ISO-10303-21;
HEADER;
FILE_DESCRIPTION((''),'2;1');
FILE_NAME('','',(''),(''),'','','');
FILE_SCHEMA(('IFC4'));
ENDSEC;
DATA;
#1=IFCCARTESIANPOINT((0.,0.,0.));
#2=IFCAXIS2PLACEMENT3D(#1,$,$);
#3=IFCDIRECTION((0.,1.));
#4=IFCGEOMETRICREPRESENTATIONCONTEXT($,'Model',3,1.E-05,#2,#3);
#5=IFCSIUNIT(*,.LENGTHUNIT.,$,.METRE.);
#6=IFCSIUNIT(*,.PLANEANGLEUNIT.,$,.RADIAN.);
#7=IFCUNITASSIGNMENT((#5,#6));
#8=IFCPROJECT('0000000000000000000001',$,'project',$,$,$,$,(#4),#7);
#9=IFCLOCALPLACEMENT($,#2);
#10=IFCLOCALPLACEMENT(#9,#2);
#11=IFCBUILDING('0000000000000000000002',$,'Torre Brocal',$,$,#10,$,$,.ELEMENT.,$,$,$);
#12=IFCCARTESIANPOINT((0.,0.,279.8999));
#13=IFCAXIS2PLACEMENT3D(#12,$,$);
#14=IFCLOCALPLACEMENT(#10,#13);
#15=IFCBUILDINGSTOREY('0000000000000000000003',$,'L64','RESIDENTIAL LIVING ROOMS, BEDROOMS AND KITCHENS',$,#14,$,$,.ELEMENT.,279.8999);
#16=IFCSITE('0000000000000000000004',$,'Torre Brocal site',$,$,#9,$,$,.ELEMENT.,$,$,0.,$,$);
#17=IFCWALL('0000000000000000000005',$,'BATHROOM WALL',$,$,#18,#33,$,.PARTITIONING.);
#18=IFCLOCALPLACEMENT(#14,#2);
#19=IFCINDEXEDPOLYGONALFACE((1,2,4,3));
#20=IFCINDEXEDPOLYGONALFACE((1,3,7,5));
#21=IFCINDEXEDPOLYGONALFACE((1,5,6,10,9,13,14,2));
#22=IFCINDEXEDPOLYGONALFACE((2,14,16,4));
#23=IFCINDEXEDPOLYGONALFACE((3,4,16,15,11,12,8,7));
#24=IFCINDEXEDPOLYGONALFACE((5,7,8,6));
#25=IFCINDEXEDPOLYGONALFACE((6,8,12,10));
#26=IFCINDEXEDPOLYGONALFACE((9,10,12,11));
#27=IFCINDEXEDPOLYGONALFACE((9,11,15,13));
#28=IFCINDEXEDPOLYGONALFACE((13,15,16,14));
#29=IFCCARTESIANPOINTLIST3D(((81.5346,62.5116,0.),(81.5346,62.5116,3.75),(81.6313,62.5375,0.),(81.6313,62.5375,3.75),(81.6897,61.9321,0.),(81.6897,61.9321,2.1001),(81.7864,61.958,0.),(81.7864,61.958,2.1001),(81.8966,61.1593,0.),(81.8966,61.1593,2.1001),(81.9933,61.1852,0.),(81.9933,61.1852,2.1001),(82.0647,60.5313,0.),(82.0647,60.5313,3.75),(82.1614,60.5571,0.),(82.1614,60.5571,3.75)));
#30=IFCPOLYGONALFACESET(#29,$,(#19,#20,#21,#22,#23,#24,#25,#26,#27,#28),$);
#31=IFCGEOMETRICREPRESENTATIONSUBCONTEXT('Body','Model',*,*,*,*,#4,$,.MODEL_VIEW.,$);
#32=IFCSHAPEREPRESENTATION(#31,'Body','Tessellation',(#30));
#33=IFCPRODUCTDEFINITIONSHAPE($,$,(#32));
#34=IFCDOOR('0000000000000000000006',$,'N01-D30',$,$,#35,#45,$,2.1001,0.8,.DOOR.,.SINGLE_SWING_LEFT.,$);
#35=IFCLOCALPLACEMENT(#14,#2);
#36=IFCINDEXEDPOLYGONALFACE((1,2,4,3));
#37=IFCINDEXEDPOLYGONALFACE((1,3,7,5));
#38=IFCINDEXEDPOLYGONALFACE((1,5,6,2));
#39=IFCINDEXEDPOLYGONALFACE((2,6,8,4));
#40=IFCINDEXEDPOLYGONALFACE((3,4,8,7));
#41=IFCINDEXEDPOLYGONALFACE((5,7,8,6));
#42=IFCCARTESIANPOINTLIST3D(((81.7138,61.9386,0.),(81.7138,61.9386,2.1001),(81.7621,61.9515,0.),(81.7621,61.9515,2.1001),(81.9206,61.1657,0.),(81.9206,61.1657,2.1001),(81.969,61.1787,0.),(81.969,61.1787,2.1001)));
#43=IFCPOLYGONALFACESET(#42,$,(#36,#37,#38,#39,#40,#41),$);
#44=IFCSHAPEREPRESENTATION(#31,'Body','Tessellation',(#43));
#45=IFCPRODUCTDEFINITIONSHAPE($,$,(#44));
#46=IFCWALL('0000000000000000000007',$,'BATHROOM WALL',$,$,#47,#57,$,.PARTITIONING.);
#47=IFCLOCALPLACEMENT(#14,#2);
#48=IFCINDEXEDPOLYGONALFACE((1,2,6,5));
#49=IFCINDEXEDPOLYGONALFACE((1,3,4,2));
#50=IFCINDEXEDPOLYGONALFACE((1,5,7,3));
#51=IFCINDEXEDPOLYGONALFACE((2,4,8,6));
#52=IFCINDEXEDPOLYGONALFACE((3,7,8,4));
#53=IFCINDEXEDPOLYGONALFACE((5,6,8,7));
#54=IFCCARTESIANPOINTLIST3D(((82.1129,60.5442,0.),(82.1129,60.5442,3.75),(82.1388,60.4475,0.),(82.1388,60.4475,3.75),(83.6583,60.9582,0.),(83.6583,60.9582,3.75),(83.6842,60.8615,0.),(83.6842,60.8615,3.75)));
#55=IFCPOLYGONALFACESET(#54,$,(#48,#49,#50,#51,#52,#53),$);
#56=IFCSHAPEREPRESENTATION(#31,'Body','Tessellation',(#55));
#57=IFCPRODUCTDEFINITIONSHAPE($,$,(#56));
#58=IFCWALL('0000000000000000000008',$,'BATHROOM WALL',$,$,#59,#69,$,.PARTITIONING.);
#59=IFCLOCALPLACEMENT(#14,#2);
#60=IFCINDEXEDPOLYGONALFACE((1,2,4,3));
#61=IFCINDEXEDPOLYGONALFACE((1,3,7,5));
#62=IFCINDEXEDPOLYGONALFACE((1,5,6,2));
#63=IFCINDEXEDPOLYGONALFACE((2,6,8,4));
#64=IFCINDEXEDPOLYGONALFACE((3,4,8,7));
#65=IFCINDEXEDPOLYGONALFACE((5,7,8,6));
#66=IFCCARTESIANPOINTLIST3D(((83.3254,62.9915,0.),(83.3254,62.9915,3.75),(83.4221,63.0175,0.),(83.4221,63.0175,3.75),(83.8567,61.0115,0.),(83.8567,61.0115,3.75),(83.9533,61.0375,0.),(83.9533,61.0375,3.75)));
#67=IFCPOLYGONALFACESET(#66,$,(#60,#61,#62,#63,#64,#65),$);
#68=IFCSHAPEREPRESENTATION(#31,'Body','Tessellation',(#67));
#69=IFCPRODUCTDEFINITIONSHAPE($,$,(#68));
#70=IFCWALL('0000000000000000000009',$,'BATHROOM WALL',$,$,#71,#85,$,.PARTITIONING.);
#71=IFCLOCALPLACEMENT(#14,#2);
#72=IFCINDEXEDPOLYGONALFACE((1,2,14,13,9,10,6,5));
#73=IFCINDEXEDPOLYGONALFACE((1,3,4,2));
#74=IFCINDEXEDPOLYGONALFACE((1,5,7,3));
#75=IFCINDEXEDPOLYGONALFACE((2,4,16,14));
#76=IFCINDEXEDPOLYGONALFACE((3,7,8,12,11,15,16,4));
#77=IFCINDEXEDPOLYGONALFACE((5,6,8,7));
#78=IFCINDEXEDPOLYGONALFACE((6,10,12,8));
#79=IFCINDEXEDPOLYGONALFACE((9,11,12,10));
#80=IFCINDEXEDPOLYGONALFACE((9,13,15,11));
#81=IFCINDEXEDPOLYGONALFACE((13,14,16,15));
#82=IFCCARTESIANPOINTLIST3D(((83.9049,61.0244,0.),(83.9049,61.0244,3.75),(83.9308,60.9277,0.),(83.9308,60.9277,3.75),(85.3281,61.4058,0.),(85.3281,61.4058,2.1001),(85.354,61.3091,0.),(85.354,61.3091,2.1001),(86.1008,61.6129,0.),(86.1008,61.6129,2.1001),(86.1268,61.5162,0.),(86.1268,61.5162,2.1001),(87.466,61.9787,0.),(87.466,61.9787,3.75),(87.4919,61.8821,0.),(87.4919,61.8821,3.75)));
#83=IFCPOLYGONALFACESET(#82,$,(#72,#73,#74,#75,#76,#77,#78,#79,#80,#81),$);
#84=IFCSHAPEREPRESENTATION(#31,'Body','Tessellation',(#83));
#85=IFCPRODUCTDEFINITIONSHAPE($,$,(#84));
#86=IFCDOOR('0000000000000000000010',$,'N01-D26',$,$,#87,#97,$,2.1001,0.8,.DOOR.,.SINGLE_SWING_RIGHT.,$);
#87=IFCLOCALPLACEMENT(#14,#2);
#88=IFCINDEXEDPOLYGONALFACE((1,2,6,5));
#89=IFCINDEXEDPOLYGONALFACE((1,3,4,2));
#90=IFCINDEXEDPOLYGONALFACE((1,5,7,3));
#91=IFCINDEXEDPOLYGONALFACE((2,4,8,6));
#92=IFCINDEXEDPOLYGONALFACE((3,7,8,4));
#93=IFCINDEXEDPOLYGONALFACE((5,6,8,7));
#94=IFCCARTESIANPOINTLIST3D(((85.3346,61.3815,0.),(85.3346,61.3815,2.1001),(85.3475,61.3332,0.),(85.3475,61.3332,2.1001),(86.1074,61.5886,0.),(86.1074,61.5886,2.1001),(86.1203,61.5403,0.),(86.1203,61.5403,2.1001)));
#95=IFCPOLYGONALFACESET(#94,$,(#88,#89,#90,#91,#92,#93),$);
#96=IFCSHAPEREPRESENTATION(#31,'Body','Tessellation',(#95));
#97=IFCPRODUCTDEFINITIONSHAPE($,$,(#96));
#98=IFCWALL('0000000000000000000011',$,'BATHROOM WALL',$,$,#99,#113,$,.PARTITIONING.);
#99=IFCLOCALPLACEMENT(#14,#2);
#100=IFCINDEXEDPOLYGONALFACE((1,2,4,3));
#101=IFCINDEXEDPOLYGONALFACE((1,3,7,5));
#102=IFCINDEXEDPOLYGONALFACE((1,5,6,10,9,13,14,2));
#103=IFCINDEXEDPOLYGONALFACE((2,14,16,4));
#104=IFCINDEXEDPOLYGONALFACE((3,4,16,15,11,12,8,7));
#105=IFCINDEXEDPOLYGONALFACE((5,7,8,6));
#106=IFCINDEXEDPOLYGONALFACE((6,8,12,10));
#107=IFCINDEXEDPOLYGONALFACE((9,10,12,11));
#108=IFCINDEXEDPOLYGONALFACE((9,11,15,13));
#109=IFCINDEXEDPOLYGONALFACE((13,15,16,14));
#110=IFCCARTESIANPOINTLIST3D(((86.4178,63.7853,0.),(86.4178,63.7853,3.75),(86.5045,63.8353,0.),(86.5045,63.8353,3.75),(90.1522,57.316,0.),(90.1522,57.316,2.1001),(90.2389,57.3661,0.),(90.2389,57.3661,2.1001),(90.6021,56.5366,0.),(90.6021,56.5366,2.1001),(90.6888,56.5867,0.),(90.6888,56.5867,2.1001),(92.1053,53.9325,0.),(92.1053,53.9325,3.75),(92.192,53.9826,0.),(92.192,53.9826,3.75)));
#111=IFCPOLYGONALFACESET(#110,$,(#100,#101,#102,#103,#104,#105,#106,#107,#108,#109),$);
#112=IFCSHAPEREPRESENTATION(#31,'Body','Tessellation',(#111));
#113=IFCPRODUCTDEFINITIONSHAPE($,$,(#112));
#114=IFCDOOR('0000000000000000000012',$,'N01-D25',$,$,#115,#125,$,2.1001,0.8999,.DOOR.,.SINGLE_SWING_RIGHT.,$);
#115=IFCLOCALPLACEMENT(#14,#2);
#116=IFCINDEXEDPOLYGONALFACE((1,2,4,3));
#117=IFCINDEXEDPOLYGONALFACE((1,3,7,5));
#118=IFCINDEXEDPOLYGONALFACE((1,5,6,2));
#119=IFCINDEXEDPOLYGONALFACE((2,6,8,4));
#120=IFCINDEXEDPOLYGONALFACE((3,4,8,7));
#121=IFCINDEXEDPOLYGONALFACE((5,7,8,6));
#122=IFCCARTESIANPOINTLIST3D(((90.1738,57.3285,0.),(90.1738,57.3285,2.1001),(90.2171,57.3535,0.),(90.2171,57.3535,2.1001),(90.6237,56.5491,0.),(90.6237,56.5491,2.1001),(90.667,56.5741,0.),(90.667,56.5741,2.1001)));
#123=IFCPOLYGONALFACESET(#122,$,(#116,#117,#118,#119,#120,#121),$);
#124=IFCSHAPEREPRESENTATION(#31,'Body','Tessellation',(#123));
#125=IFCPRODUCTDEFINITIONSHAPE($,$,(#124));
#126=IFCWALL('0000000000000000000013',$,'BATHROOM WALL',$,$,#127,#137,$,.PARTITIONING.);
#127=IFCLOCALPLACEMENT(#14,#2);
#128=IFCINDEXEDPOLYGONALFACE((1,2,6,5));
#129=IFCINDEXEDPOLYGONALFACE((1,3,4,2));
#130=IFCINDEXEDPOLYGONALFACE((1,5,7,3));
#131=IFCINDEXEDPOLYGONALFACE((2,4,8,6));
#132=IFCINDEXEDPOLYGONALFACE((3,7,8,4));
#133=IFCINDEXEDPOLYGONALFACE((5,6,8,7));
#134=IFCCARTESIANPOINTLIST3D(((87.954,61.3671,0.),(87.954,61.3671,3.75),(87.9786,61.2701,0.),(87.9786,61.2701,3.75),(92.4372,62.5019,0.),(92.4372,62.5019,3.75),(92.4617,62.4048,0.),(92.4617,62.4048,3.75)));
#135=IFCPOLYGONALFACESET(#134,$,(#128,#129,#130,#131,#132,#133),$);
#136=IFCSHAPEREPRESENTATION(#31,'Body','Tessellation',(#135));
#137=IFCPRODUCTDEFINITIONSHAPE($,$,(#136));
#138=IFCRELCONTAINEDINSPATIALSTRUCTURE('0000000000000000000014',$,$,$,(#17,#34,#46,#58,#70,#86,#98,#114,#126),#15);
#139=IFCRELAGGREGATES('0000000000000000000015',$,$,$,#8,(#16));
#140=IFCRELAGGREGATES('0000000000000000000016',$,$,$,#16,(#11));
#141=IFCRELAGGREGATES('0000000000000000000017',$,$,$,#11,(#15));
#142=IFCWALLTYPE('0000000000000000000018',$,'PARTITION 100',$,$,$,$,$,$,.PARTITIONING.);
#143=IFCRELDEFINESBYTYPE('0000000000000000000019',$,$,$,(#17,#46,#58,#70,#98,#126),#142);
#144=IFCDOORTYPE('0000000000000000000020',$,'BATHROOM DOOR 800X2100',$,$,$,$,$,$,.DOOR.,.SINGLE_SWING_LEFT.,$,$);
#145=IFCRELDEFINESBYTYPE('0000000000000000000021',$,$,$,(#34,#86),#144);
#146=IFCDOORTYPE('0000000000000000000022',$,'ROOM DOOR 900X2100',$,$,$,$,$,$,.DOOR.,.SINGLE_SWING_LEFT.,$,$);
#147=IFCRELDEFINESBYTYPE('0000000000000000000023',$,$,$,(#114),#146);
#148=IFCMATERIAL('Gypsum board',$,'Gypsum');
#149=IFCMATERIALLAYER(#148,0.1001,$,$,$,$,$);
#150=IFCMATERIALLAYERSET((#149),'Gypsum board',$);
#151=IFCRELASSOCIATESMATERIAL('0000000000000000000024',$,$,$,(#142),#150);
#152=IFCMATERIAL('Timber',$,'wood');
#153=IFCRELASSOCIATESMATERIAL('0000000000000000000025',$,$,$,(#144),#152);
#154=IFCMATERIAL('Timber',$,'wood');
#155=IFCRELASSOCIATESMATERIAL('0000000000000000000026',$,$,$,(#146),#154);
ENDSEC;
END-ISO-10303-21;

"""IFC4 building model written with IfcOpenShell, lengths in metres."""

from ifc_helpers import new_model, si_unit, direction, frame, frame_2d, origin, place, context, subcontext, project, spatial, rectangle, extrude, material, layer, layer_set, type_object, element, fill, save


model = new_model("IFC4")

# Units and contexts
model_context = context("Model", 3, precision=1e-05, world=origin(), true_north=direction((0.0, 1.0)))
body_context = subcontext(model_context, "Body", "Model", "MODEL_VIEW")
ifc_project = project(units=[si_unit("LENGTHUNIT", "METRE"), si_unit("PLANEANGLEUNIT", "RADIAN")], contexts=[model_context])

# Site, building, storey
site_placement = place(None, origin())
site = spatial("IfcSite", under=ifc_project, at=site_placement, Name="Torre Brocal site", CompositionType="ELEMENT", RefElevation=0.0)
building_placement = place(site_placement, origin())
building = spatial("IfcBuilding", under=site, at=building_placement, Name="Torre Brocal", CompositionType="ELEMENT")
storey_placement = place(building_placement, frame((0.0, 0.0, 279.8999)))
storey = spatial("IfcBuildingStorey", under=building, at=storey_placement, Name="L64", Description="RESIDENTIAL LIVING ROOMS, BEDROOMS AND KITCHENS", CompositionType="ELEMENT", Elevation=279.8999)

# Wall, opening, door
ifc_material_1 = material(Name="Gypsum board", Category="Gypsum")
ifc_layer_1 = layer(ifc_material_1, 0.1001)
ifc_layer_set_1 = layer_set([ifc_layer_1], Name="Gypsum board")
wall_type_1 = type_object("IfcWallType", Name="PARTITION 100", PredefinedType="PARTITIONING", material=ifc_layer_set_1)
wall_1_placement = place(storey_placement, frame((81.583, 62.5244, 0.0), z_axis=(0.0, 0.0, 1.0), x_axis=(0.258559, -0.965995, 0.0)))
wall_1 = element("IfcWall", 1, at=wall_1_placement, inside=storey, type_object=wall_type_1, Name="BATHROOM WALL", PredefinedType="PARTITIONING", context=body_context, shape_type="SweptSolid", body=[
    extrude(rectangle(XDim=2.05, YDim=0.1001, at=frame_2d((1.0249, 0.0))), origin(), (0.0, 0.0, 1.0), 3.75),
])
opening_1_placement = place(wall_1_placement, frame((0.5999, 0.0, 0.0)))
opening_1 = element("IfcOpeningElement", 2, at=opening_1_placement, cuts=wall_1, PredefinedType="OPENING", context=body_context, shape_type="SweptSolid", body=[
    extrude(rectangle(XDim=0.8, YDim=2.1001, at=frame_2d((0.3999, 1.05))), frame((0.0, 0.0601, 0.0), z_axis=(0.0, -1.0, 0.0), x_axis=(1.0, 0.0, 0.0)), (0.0, 0.0, 1.0), 0.1201),
])
ifc_material_2 = material(Name="Timber", Category="wood")
door_type_1 = type_object("IfcDoorType", Name="BATHROOM DOOR 800X2100", OperationType="SINGLE_SWING_LEFT", PredefinedType="DOOR", material=ifc_material_2)
door_1_placement = place(opening_1_placement, origin())
door_1 = element("IfcDoor", 3, at=door_1_placement, inside=storey, type_object=door_type_1, Name="N01-D30", OperationType="SINGLE_SWING_LEFT", OverallHeight=2.1001, OverallWidth=0.8, PredefinedType="DOOR", context=body_context, shape_type="SweptSolid", body=[
    extrude(rectangle(XDim=0.8, YDim=2.1001, at=frame_2d((0.3999, 1.05))), frame((0.0, 0.0249, 0.0), z_axis=(0.0, -1.0, 0.0), x_axis=(1.0, 0.0, 0.0)), (0.0, 0.0, 1.0), 0.05),
])
fill(opening_1, door_1)

# Walls
wall_2_placement = place(storey_placement, frame((82.126, 60.4958, 0.0), z_axis=(0.0, 0.0, 1.0), x_axis=(0.96593, 0.258802, 0.0)))
element("IfcWall", 4, at=wall_2_placement, inside=storey, type_object=wall_type_1, Name="BATHROOM WALL", PredefinedType="PARTITIONING", context=body_context, shape_type="SweptSolid", body=[
    extrude(rectangle(XDim=1.5999, YDim=0.1001, at=frame_2d((0.7998, 0.0))), origin(), (0.0, 0.0, 1.0), 3.75),
])
wall_3_placement = place(storey_placement, frame((83.3738, 63.0044, 0.0), z_axis=(0.0, 0.0, 1.0), x_axis=(0.259145, -0.965838, 0.0)))
element("IfcWall", 5, at=wall_3_placement, inside=storey, type_object=wall_type_1, Name="BATHROOM WALL", PredefinedType="PARTITIONING", context=body_context, shape_type="SweptSolid", body=[
    extrude(rectangle(XDim=2.05, YDim=0.1001, at=frame_2d((1.0249, 0.0))), origin(), (0.0, 0.0, 1.0), 3.75),
])

# Walls, openings, doors
wall_4_placement = place(storey_placement, frame((83.918, 60.9761, 0.0), z_axis=(0.0, 0.0, 1.0), x_axis=(0.965914, 0.258862, 0.0)))
wall_4 = element("IfcWall", 6, at=wall_4_placement, inside=storey, type_object=wall_type_1, Name="BATHROOM WALL", PredefinedType="PARTITIONING", context=body_context, shape_type="SweptSolid", body=[
    extrude(rectangle(XDim=3.6868, YDim=0.1001, at=frame_2d((1.8433, 0.0))), origin(), (0.0, 0.0, 1.0), 3.75),
])
opening_2_placement = place(wall_4_placement, frame((1.4734, 0.0, 0.0)))
opening_2 = element("IfcOpeningElement", 7, at=opening_2_placement, cuts=wall_4, PredefinedType="OPENING", context=body_context, shape_type="SweptSolid", body=[
    extrude(rectangle(XDim=0.8, YDim=2.1001, at=frame_2d((0.3999, 1.05))), frame((0.0, 0.0601, 0.0), z_axis=(0.0, -1.0, 0.0), x_axis=(1.0, 0.0, 0.0)), (0.0, 0.0, 1.0), 0.1201),
])
door_2_placement = place(opening_2_placement, origin())
door_2 = element("IfcDoor", 8, at=door_2_placement, inside=storey, type_object=door_type_1, Name="N01-D26", OperationType="SINGLE_SWING_RIGHT", OverallHeight=2.1001, OverallWidth=0.8, PredefinedType="DOOR", context=body_context, shape_type="SweptSolid", body=[
    extrude(rectangle(XDim=0.8, YDim=2.1001, at=frame_2d((0.3999, 1.05))), frame((0.0, 0.0249, 0.0), z_axis=(0.0, -1.0, 0.0), x_axis=(1.0, 0.0, 0.0)), (0.0, 0.0, 1.0), 0.05),
])
fill(opening_2, door_2)
wall_5_placement = place(storey_placement, frame((86.4612, 63.8103, 0.0), z_axis=(0.0, 0.0, 1.0), x_axis=(0.499934, -0.866064, 0.0)))
wall_5 = element("IfcWall", 9, at=wall_5_placement, inside=storey, type_object=wall_type_1, Name="BATHROOM WALL", PredefinedType="PARTITIONING", context=body_context, shape_type="SweptSolid", body=[
    extrude(rectangle(XDim=11.3765, YDim=0.1001, at=frame_2d((5.6882, 0.0))), origin(), (0.0, 0.0, 1.0), 3.75),
])
opening_3_placement = place(wall_5_placement, frame((7.4697, 0.0, 0.0)))
opening_3 = element("IfcOpeningElement", 10, at=opening_3_placement, cuts=wall_5, PredefinedType="OPENING", context=body_context, shape_type="SweptSolid", body=[
    extrude(rectangle(XDim=0.8999, YDim=2.1001, at=frame_2d((0.45, 1.05))), frame((0.0, 0.0601, 0.0), z_axis=(0.0, -1.0, 0.0), x_axis=(1.0, 0.0, 0.0)), (0.0, 0.0, 1.0), 0.1201),
])
ifc_material_3 = material(Name="Timber", Category="wood")
door_type_2 = type_object("IfcDoorType", Name="ROOM DOOR 900X2100", OperationType="SINGLE_SWING_LEFT", PredefinedType="DOOR", material=ifc_material_3)
door_3_placement = place(opening_3_placement, origin())
door_3 = element("IfcDoor", 11, at=door_3_placement, inside=storey, type_object=door_type_2, Name="N01-D25", OperationType="SINGLE_SWING_RIGHT", OverallHeight=2.1001, OverallWidth=0.8999, PredefinedType="DOOR", context=body_context, shape_type="SweptSolid", body=[
    extrude(rectangle(XDim=0.8999, YDim=2.1001, at=frame_2d((0.45, 1.05))), frame((0.0, 0.0249, 0.0), z_axis=(0.0, -1.0, 0.0), x_axis=(1.0, 0.0, 0.0)), (0.0, 0.0, 1.0), 0.05),
])
fill(opening_3, door_3)

# Wall
wall_6_placement = place(storey_placement, frame((87.9663, 61.3186, 0.0), z_axis=(0.0, 0.0, 1.0), x_axis=(0.969427, 0.245379, 0.0)))
element("IfcWall", 12, at=wall_6_placement, inside=storey, type_object=wall_type_1, Name="BATHROOM WALL", PredefinedType="PARTITIONING", context=body_context, shape_type="SweptSolid", body=[
    extrude(rectangle(XDim=4.6245, YDim=0.1001, at=frame_2d((2.3123, 0.0))), origin(), (0.0, 0.0, 1.0), 3.75),
])

save(model, "model.ifc")
